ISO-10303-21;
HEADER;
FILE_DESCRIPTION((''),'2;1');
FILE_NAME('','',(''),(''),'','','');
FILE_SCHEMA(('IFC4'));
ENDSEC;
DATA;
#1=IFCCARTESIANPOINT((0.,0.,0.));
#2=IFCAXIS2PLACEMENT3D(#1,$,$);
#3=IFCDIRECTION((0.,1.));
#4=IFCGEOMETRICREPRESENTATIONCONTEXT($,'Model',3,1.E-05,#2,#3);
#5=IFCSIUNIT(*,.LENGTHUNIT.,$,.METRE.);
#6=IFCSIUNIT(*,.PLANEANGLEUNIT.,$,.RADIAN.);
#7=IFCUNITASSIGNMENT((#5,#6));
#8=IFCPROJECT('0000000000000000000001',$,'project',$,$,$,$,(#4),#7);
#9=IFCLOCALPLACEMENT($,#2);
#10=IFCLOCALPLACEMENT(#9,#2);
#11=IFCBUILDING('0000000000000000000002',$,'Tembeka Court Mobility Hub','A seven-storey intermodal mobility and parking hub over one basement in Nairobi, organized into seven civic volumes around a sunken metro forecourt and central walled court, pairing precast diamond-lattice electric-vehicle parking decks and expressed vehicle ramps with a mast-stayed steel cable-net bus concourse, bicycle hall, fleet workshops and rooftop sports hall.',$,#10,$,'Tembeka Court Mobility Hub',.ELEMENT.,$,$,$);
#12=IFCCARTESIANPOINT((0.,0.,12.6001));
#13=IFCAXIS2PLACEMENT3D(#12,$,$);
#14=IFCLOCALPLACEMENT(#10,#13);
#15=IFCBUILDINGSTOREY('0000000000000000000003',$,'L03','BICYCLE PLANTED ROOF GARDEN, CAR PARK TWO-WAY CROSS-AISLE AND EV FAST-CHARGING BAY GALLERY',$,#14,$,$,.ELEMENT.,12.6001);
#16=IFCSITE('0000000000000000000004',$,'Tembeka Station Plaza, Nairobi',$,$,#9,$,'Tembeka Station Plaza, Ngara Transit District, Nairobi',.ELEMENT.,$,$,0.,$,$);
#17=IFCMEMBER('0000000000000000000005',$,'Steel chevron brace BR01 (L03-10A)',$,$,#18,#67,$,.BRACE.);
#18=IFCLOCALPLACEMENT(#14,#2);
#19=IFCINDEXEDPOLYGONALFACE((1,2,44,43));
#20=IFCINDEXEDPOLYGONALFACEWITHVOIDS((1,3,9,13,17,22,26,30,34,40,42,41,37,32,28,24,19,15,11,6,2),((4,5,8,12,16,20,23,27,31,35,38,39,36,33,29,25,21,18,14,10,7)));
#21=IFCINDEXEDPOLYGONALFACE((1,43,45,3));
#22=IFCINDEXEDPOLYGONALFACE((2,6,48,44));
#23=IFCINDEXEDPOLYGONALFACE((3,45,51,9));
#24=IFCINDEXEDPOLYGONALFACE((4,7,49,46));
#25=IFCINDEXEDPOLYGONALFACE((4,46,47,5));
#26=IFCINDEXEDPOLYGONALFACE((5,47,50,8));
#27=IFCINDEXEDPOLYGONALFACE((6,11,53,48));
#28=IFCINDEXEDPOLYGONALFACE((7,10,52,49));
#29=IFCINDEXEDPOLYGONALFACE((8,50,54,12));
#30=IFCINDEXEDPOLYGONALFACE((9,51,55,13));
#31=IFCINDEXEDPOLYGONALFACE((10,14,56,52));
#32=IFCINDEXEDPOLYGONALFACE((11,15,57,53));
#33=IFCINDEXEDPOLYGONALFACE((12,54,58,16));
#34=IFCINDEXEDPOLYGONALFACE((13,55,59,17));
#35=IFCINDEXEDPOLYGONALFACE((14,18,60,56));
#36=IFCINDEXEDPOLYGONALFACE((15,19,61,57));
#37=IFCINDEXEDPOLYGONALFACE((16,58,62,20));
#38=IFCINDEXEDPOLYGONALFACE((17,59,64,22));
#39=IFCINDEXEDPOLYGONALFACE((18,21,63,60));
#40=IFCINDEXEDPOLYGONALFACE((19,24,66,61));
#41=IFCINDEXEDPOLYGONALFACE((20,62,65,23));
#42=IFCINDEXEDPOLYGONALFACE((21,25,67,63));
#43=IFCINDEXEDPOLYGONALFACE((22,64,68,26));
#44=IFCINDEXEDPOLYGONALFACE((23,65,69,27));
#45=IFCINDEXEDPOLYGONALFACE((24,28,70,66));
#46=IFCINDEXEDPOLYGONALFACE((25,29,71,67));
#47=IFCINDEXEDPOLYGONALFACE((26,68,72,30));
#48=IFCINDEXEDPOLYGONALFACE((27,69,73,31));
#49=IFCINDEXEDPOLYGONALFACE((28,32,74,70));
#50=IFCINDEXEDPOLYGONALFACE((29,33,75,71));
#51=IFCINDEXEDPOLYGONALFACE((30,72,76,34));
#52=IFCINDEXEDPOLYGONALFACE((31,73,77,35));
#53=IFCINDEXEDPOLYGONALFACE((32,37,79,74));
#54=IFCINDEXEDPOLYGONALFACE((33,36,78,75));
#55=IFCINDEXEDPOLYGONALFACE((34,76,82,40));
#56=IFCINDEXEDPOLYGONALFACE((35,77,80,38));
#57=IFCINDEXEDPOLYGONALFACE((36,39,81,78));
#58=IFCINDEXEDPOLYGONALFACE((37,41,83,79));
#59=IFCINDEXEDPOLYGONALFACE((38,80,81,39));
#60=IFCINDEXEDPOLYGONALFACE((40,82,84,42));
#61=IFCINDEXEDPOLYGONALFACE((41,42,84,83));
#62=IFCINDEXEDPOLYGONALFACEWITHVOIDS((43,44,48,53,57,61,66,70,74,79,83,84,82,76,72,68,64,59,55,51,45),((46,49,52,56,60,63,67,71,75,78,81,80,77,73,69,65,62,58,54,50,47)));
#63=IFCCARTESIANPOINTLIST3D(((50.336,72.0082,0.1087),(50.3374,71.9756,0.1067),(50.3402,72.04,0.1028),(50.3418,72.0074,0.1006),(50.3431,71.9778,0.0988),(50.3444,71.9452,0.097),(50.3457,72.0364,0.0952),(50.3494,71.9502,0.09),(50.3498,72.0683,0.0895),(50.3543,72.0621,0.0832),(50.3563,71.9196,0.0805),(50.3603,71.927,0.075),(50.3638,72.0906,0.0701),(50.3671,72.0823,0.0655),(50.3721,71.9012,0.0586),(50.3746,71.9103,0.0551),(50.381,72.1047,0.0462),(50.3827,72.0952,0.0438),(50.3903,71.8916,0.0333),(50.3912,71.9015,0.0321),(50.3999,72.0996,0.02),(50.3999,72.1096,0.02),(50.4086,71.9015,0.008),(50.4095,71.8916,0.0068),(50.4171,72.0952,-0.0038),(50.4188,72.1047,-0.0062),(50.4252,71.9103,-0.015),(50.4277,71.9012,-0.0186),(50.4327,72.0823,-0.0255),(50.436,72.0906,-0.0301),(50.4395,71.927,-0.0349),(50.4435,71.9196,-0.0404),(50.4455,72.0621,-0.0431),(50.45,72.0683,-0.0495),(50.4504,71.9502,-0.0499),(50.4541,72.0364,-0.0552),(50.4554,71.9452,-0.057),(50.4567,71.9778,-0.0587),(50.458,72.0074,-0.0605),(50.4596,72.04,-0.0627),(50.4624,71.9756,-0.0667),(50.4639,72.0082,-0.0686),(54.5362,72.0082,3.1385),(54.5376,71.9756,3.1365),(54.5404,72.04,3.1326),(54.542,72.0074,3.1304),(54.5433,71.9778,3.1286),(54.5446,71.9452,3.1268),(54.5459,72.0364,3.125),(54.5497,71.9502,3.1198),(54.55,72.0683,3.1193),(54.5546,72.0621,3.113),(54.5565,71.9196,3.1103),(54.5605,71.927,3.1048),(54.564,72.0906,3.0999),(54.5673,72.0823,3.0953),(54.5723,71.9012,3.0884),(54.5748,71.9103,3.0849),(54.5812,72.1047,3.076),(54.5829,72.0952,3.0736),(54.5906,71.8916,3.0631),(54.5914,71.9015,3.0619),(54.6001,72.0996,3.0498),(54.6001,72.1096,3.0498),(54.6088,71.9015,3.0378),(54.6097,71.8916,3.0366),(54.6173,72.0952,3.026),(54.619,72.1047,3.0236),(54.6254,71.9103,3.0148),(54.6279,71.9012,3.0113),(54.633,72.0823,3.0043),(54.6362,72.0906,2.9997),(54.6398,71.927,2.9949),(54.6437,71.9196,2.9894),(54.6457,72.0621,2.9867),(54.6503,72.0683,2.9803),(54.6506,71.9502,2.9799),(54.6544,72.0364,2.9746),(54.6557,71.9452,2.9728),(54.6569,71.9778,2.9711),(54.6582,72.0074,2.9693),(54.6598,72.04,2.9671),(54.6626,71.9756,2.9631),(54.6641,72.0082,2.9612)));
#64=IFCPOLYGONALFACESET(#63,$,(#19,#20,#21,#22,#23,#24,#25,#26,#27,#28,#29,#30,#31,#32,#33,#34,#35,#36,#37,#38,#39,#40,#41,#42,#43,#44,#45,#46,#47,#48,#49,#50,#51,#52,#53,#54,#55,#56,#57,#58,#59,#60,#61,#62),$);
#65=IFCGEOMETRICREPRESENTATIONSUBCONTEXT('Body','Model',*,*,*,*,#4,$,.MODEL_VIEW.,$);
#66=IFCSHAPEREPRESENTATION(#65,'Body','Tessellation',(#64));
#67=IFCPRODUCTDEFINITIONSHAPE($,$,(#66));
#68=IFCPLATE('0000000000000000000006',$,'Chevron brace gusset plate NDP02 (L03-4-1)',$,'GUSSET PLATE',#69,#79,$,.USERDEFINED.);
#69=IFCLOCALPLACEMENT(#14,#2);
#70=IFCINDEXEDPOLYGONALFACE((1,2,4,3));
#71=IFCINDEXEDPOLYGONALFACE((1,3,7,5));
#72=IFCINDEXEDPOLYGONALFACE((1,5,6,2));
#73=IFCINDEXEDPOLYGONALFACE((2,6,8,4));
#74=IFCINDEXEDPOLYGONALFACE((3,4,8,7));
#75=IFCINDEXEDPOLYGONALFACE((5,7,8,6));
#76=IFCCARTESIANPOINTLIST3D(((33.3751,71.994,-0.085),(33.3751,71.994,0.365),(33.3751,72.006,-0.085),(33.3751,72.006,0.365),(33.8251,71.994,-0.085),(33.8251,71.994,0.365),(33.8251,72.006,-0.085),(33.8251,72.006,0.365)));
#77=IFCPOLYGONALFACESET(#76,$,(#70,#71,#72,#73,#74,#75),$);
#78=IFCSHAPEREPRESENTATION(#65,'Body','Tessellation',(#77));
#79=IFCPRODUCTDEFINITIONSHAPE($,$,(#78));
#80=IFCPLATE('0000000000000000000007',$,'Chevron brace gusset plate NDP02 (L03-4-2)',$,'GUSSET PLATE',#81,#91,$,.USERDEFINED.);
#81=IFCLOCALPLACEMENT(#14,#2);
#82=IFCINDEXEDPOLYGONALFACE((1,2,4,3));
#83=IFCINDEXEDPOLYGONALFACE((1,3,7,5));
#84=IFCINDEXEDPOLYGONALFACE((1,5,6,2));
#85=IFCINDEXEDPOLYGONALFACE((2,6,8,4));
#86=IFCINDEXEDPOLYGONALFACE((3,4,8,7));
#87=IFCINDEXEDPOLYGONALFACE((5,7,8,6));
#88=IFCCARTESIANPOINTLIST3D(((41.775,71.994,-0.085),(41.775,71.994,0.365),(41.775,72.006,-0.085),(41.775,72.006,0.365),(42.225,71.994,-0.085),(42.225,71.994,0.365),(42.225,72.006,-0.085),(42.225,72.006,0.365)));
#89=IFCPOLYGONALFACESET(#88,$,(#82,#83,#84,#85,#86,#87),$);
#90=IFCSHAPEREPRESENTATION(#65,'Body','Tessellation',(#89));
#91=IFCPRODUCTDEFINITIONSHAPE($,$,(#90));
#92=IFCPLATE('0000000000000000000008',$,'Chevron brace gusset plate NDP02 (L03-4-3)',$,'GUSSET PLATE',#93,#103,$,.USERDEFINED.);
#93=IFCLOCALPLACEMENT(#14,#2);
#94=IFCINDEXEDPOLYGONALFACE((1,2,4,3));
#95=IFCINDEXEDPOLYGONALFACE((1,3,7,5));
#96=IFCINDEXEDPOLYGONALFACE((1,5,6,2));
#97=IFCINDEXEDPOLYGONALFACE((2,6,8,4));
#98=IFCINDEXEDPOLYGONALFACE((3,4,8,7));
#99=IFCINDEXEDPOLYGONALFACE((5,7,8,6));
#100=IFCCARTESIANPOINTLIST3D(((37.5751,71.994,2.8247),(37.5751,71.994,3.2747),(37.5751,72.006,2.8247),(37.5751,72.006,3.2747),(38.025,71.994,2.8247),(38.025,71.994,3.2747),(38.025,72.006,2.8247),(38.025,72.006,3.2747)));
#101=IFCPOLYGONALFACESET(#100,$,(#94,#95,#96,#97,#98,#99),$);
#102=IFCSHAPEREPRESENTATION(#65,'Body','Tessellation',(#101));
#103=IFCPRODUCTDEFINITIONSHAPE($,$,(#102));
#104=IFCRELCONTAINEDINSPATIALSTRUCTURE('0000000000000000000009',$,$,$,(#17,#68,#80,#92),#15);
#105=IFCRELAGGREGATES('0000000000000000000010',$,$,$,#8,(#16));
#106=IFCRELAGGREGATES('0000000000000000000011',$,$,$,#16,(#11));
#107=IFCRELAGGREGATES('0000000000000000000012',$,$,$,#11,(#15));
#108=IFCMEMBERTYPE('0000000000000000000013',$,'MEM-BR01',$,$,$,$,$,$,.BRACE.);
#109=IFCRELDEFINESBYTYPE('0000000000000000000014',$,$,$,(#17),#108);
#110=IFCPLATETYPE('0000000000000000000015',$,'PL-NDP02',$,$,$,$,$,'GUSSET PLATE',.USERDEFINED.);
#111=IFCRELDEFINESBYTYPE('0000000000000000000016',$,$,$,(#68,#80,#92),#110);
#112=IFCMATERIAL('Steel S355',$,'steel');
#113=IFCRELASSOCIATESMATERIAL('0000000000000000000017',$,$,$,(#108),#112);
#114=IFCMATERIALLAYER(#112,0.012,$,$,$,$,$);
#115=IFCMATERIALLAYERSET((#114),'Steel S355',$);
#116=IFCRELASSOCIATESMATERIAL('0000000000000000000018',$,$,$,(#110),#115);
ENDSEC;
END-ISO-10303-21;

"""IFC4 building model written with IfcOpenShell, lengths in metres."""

from ifc_helpers import new_model, si_unit, direction, frame, origin, origin_2d, place, context, subcontext, project, spatial, rectangle, hollow_circle, extrude, material, layer, layer_set, material_profile, profile_set, type_object, element, save


model = new_model("IFC4")

# Units and contexts
model_context = context("Model", 3, precision=1e-05, world=origin(), true_north=direction((0.0, 1.0)))
body_context = subcontext(model_context, "Body", "Model", "MODEL_VIEW")
ifc_project = project(units=[si_unit("LENGTHUNIT", "METRE"), si_unit("PLANEANGLEUNIT", "RADIAN")], contexts=[model_context])

# Site, building, storey
site_placement = place(None, origin())
site = spatial("IfcSite", under=ifc_project, at=site_placement, Name="Tembeka Station Plaza, Nairobi", LongName="Tembeka Station Plaza, Ngara Transit District, Nairobi", CompositionType="ELEMENT", RefElevation=0.0)
building_placement = place(site_placement, origin())
building = spatial("IfcBuilding", under=site, at=building_placement, Name="Tembeka Court Mobility Hub", Description="A seven-storey intermodal mobility and parking hub over one basement in Nairobi, organized into seven civic volumes around a sunken metro forecourt and central walled court, pairing precast diamond-lattice electric-vehicle parking decks and expressed vehicle ramps with a mast-stayed steel cable-net bus concourse, bicycle hall, fleet workshops and rooftop sports hall.", LongName="Tembeka Court Mobility Hub", CompositionType="ELEMENT")
storey_placement = place(building_placement, frame((0.0, 0.0, 12.6001)))
storey = spatial("IfcBuildingStorey", under=building, at=storey_placement, Name="L03", Description="BICYCLE PLANTED ROOF GARDEN, CAR PARK TWO-WAY CROSS-AISLE AND EV FAST-CHARGING BAY GALLERY", CompositionType="ELEMENT", Elevation=12.6001)

# Shared definitions
ifc_material = material(Name="Steel S355", Category="steel")

# Member
ifc_material_profile_1 = material_profile(ifc_material, hollow_circle(Radius=0.1096, WallThickness=0.01, at=origin_2d()), Name="CHS 219.1x10")
ifc_profile_set_1 = profile_set([ifc_material_profile_1], Name="Steel S355")
member_type = type_object("IfcMemberType", Name="MEM-BR01", PredefinedType="BRACE", material=ifc_profile_set_1)
member_placement = place(storey_placement, frame((50.3999, 72.0, 0.02), z_axis=(0.811017, 0.0, 0.585022), x_axis=(0.0, 1.0, 0.0)))
element("IfcMember", 1, at=member_placement, inside=storey, type_object=member_type, Name="Steel chevron brace BR01 (L03-10A)", PredefinedType="BRACE", context=body_context, shape_type="SweptSolid", body=[
    extrude(hollow_circle(Radius=0.1096, WallThickness=0.01, at=origin_2d()), origin(), (0.0, 0.0, 1.0), 5.179),
])

# Plates
ifc_layer = layer(ifc_material, 0.012)
ifc_layer_set = layer_set([ifc_layer], Name="Steel S355")
plate_type = type_object("IfcPlateType", Name="PL-NDP02", ElementType="GUSSET PLATE", PredefinedType="USERDEFINED", material=ifc_layer_set)
for number, where, z_axis, x_axis, name in (
    (2, (33.6001, 72.0, -0.085), (0.0, 0.0, 1.0), (1.0, 0.0, 0.0), "Chevron brace gusset plate NDP02 (L03-4-1)"),
    (3, (42.0, 72.0, -0.085), (0.0, 0.0, 1.0), (1.0, 0.0, 0.0), "Chevron brace gusset plate NDP02 (L03-4-2)"),
    (4, (37.8, 72.0, 2.8247), (0.0, 0.0, 1.0), (1.0, 0.0, 0.0), "Chevron brace gusset plate NDP02 (L03-4-3)"),
):
    element("IfcPlate", number, at=place(storey_placement, frame(where, z_axis=z_axis, x_axis=x_axis)), inside=storey, type_object=plate_type, Name=name, ObjectType="GUSSET PLATE", PredefinedType="USERDEFINED", context=body_context, shape_type="SweptSolid", body=[
        extrude(rectangle(XDim=0.45, YDim=0.012, at=origin_2d()), origin(), (0.0, 0.0, 1.0), 0.45),
    ])

save(model, "model.ifc")
